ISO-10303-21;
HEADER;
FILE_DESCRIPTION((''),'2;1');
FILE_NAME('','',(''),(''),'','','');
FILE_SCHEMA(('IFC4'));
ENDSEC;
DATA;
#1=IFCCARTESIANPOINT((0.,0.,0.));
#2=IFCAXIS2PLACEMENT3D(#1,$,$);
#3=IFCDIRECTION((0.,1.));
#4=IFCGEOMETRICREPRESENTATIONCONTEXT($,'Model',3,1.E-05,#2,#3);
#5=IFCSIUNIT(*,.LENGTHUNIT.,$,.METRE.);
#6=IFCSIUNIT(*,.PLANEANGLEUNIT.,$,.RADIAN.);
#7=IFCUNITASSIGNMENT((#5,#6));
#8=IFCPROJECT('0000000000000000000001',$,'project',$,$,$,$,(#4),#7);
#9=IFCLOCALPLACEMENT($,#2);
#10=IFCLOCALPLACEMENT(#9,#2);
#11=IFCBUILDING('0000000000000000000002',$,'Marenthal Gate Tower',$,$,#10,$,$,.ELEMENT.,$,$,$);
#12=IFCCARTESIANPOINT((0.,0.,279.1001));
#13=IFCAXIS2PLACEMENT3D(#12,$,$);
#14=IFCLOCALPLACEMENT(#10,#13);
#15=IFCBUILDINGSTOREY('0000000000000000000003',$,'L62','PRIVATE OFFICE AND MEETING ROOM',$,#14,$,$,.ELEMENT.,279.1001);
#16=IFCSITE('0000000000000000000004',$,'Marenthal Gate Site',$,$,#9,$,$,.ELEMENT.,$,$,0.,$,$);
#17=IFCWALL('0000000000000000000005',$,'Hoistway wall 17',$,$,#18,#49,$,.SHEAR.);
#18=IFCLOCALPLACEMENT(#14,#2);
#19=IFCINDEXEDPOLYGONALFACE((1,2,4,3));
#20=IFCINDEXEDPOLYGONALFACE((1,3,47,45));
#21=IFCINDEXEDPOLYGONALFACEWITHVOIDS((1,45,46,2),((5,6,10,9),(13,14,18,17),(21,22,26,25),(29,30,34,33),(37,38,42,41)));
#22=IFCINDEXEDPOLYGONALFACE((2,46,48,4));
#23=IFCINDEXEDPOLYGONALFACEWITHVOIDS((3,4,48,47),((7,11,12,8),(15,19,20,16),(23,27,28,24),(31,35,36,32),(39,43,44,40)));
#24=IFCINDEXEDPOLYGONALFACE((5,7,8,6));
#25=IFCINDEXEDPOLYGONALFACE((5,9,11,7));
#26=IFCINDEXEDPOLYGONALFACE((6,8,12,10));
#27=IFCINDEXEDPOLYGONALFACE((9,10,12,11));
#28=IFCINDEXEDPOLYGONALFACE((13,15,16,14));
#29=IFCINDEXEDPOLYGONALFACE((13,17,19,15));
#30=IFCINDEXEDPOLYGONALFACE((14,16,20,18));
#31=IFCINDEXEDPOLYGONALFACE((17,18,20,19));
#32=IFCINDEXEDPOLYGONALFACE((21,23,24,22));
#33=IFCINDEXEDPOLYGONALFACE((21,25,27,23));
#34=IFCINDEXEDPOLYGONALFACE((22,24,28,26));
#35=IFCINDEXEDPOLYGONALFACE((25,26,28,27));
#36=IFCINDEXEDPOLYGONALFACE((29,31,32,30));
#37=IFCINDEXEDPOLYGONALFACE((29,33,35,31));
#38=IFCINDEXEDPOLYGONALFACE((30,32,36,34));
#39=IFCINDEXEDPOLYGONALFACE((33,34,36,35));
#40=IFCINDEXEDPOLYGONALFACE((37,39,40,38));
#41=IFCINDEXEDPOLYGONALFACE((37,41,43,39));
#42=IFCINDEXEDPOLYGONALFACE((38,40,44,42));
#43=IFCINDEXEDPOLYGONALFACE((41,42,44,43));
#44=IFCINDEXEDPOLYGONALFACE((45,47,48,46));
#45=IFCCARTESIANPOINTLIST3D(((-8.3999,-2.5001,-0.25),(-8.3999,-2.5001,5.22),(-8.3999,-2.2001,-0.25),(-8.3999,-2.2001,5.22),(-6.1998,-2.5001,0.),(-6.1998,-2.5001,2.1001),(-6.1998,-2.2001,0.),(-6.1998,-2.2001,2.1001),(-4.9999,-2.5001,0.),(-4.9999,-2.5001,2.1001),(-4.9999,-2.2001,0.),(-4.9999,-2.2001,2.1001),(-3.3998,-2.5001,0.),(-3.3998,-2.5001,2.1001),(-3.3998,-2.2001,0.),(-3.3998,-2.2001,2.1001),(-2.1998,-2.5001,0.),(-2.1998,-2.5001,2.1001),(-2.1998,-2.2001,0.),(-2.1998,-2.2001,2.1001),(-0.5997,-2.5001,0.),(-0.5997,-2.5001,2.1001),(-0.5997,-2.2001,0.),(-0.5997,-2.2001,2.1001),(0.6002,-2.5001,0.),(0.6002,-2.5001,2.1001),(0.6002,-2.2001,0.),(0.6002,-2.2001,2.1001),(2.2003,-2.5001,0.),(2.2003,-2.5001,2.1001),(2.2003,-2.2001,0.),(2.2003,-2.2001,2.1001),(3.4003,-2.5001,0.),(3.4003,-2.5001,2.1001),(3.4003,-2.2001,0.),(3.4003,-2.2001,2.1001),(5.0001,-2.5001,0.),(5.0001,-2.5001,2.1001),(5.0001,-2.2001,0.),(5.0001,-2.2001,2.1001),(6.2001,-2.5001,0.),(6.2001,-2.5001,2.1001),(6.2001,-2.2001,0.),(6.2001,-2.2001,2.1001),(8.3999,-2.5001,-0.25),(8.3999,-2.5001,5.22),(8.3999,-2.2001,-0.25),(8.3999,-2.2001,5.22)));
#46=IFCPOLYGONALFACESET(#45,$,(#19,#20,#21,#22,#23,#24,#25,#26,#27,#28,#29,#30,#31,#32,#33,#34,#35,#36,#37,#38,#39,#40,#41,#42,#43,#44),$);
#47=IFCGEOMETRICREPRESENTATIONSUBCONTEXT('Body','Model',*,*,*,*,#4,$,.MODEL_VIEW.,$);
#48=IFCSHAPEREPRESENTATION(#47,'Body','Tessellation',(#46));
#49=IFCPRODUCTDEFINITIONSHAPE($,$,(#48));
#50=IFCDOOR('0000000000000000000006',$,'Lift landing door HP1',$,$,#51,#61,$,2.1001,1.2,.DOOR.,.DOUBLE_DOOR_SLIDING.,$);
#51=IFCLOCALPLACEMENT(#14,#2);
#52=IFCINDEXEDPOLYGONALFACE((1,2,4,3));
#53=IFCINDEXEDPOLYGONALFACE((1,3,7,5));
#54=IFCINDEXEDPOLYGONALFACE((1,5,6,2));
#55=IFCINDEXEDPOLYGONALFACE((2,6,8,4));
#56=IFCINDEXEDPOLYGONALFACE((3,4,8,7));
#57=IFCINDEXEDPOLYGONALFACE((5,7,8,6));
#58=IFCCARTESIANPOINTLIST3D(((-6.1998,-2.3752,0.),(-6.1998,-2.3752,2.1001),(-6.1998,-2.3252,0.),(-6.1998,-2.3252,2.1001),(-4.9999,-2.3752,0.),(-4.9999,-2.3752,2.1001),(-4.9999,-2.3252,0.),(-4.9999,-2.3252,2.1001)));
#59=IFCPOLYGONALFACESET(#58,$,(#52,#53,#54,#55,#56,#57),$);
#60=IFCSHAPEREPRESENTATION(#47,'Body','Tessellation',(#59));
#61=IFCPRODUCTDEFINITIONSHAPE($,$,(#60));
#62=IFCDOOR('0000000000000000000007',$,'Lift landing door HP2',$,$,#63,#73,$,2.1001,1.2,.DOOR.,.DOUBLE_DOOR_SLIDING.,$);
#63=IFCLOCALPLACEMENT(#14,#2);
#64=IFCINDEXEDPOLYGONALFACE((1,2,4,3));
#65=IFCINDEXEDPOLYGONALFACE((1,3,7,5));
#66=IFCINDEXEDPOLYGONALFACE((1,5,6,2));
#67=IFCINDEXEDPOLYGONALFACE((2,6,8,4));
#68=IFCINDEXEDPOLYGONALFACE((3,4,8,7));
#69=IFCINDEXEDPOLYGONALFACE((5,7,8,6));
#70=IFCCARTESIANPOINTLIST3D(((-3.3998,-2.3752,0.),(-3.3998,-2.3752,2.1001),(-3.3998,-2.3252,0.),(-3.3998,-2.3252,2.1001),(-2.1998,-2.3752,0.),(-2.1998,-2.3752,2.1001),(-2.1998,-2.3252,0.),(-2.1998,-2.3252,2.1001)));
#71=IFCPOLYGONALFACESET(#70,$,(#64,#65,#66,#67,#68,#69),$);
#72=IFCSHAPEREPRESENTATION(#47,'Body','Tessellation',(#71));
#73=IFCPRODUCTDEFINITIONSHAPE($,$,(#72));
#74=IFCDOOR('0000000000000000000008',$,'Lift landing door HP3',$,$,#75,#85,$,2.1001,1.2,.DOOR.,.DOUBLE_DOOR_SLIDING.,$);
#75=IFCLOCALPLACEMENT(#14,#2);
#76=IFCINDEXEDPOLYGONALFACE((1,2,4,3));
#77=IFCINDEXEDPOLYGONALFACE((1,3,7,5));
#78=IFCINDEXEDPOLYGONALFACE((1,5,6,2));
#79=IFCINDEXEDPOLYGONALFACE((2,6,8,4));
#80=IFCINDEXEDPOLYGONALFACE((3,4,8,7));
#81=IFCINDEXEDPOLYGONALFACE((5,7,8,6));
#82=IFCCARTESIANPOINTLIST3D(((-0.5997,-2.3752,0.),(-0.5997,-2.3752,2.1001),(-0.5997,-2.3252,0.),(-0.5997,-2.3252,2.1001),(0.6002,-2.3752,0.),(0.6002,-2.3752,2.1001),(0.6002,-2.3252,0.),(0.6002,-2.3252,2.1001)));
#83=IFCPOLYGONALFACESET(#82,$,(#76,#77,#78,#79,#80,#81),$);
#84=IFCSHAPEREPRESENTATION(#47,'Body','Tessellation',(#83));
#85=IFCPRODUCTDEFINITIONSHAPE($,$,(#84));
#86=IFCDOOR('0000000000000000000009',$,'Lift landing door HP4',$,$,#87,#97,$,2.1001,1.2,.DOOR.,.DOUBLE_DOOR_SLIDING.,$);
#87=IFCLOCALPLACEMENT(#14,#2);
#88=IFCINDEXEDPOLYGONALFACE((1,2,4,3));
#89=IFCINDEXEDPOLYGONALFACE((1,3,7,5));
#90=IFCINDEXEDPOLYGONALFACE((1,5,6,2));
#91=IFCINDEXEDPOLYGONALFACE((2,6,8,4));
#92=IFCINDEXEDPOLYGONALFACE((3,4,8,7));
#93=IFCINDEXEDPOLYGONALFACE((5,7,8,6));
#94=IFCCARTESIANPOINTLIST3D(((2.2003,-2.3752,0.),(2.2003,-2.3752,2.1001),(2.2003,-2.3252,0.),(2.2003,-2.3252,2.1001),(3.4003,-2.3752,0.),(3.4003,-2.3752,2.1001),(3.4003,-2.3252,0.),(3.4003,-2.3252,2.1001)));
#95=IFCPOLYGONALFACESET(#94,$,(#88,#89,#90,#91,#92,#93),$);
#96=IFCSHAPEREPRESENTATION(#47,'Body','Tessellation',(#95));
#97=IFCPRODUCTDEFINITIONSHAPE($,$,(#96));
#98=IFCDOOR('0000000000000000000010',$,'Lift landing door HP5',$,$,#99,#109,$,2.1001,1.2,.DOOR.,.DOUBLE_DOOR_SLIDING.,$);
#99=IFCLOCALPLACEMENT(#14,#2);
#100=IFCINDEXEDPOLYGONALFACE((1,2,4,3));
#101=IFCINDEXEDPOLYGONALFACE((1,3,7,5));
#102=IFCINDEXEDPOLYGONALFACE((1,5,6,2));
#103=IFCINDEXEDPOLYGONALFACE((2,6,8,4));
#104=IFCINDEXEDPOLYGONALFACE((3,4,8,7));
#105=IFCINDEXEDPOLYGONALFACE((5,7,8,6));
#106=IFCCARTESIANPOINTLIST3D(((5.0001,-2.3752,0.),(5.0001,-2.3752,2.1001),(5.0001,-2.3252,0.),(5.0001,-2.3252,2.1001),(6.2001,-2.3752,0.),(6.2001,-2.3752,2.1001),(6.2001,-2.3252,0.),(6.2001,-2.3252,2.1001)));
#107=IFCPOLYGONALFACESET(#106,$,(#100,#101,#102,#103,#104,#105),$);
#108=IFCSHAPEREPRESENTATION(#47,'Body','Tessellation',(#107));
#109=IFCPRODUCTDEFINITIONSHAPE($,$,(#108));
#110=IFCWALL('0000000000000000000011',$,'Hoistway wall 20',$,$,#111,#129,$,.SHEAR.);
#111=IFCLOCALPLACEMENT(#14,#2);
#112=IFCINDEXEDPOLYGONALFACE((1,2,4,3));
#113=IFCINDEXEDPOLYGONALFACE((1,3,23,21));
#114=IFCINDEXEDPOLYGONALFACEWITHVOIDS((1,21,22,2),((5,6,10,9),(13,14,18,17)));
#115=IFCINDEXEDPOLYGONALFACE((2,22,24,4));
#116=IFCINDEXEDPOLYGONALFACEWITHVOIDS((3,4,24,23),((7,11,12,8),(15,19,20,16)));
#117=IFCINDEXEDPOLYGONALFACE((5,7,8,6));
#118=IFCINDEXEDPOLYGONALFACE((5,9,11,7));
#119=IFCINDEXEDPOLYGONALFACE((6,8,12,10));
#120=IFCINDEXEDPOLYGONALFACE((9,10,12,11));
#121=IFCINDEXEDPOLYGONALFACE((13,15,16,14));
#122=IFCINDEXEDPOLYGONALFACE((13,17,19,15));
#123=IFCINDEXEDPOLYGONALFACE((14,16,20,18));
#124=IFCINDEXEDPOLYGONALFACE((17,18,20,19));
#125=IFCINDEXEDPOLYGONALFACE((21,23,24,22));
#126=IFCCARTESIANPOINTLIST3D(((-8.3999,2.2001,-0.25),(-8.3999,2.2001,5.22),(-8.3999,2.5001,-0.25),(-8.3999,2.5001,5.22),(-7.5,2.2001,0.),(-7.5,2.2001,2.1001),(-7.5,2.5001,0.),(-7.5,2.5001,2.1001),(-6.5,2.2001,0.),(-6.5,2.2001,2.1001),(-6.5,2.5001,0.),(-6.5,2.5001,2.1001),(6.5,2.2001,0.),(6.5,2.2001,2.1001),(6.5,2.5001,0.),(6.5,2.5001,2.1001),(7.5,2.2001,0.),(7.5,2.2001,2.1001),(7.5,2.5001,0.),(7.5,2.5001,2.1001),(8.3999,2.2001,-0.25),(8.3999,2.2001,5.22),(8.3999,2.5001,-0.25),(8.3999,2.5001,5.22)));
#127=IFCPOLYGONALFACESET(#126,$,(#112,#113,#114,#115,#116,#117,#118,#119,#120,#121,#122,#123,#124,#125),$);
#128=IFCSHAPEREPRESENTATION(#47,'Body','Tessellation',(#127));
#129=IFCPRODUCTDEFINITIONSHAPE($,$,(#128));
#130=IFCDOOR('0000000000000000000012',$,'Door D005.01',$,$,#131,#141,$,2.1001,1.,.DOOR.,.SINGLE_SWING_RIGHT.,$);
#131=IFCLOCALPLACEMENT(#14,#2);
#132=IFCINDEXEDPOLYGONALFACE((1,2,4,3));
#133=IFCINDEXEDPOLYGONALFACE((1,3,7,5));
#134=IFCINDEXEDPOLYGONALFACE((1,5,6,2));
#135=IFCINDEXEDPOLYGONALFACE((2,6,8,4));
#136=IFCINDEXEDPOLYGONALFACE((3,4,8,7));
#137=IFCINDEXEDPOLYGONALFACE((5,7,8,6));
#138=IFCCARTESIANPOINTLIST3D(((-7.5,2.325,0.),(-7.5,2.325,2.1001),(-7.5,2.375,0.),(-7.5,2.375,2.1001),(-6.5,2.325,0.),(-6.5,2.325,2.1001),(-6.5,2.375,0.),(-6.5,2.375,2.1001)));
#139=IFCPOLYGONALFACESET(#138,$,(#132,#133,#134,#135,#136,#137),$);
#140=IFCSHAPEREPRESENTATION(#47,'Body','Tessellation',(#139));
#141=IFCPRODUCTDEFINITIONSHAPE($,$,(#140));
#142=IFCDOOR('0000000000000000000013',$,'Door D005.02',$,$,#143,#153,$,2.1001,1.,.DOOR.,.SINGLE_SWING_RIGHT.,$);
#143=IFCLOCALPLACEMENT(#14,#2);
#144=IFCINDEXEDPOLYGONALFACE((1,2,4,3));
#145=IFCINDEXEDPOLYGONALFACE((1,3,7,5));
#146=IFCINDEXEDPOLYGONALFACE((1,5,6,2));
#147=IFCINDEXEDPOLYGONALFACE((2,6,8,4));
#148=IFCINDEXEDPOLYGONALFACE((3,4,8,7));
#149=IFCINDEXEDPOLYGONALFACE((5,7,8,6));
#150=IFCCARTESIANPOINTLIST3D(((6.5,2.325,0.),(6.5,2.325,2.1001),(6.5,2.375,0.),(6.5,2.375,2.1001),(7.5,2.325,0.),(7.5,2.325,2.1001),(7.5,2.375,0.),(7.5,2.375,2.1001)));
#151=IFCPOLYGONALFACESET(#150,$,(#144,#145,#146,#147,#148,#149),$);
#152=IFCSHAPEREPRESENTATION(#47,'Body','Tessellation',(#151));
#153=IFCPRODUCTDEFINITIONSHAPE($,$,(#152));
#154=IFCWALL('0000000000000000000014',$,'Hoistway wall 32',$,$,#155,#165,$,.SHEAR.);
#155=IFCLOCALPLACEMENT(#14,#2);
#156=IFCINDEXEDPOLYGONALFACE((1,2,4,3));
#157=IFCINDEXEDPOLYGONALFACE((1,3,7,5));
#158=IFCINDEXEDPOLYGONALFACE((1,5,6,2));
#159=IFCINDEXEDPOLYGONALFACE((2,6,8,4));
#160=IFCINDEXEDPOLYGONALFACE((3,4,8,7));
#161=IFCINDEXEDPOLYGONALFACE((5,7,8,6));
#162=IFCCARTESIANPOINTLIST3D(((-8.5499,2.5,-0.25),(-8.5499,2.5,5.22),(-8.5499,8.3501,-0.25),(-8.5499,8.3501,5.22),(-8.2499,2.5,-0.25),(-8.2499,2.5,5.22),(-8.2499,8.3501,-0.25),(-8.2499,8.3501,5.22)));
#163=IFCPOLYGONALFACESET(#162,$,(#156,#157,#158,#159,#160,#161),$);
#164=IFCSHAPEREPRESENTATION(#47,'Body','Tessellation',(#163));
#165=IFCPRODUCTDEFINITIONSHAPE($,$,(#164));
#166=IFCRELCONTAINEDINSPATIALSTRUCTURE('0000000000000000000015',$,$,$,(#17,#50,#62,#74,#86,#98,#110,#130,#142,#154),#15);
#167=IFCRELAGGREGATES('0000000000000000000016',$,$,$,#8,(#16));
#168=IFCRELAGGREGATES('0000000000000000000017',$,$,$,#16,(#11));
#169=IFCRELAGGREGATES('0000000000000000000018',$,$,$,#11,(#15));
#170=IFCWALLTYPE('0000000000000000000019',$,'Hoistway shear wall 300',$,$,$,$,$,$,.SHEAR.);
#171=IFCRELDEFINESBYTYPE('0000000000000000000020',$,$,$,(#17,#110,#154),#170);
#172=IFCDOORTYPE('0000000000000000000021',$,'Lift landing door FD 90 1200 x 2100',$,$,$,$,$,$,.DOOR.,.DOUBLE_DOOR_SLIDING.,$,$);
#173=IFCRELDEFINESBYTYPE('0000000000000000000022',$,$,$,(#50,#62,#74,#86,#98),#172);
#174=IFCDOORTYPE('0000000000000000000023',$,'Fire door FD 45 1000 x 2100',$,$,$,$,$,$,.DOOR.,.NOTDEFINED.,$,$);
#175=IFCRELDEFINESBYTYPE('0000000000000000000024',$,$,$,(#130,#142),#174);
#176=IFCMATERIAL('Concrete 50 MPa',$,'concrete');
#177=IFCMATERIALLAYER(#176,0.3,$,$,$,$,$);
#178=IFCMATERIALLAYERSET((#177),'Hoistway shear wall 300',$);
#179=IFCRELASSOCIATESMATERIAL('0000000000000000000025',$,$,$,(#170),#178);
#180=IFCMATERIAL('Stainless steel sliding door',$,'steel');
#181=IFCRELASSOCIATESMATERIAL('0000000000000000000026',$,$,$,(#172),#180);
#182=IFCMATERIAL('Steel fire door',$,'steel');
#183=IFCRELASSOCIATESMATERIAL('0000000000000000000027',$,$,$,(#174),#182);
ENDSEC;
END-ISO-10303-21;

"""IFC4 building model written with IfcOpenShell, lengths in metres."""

from ifc_helpers import new_model, si_unit, direction, frame, frame_2d, origin, place, context, subcontext, project, spatial, rectangle, extrude, material, layer, layer_set, type_object, element, fill, save


model = new_model("IFC4")

# Units and contexts
model_context = context("Model", 3, precision=1e-05, world=origin(), true_north=direction((0.0, 1.0)))
body_context = subcontext(model_context, "Body", "Model", "MODEL_VIEW")
ifc_project = project(units=[si_unit("LENGTHUNIT", "METRE"), si_unit("PLANEANGLEUNIT", "RADIAN")], contexts=[model_context])

# Site, building, storey
site_placement = place(None, origin())
site = spatial("IfcSite", under=ifc_project, at=site_placement, Name="Marenthal Gate Site", CompositionType="ELEMENT", RefElevation=0.0)
building_placement = place(site_placement, origin())
building = spatial("IfcBuilding", under=site, at=building_placement, Name="Marenthal Gate Tower", CompositionType="ELEMENT")
storey_placement = place(building_placement, frame((0.0, 0.0, 279.1001)))
storey = spatial("IfcBuildingStorey", under=building, at=storey_placement, Name="L62", Description="PRIVATE OFFICE AND MEETING ROOM", CompositionType="ELEMENT", Elevation=279.1001)

# Walls, openings, doors
ifc_material_1 = material(Name="Concrete 50 MPa", Category="concrete")
ifc_layer_1 = layer(ifc_material_1, 0.3)
ifc_layer_set_1 = layer_set([ifc_layer_1], Name="Hoistway shear wall 300")
wall_type_1 = type_object("IfcWallType", Name="Hoistway shear wall 300", PredefinedType="SHEAR", material=ifc_layer_set_1)
wall_1_placement = place(storey_placement, frame((-8.3999, -2.3501, -0.25), z_axis=(0.0, 0.0, 1.0), x_axis=(1.0, 0.0, 0.0)))
wall_1 = element("IfcWall", 1, at=wall_1_placement, inside=storey, type_object=wall_type_1, Name="Hoistway wall 17", PredefinedType="SHEAR", context=body_context, shape_type="SweptSolid", body=[
    extrude(rectangle(XDim=16.7998, YDim=0.3, at=frame_2d((8.3999, 0.0))), origin(), (0.0, 0.0, 1.0), 5.47),
])
opening_1_placement = place(wall_1_placement, frame((2.2, 0.0, 0.25)))
opening_1 = element("IfcOpeningElement", 2, at=opening_1_placement, cuts=wall_1, PredefinedType="OPENING", context=body_context, shape_type="SweptSolid", body=[
    extrude(rectangle(XDim=1.2, YDim=2.1001, at=frame_2d((0.6001, 1.05))), frame((0.0, 0.1602, 0.0), z_axis=(0.0, -1.0, 0.0), x_axis=(1.0, 0.0, 0.0)), (0.0, 0.0, 1.0), 0.3201),
])
opening_2_placement = place(wall_1_placement, frame((5.0, 0.0, 0.25)))
opening_2 = element("IfcOpeningElement", 3, at=opening_2_placement, cuts=wall_1, PredefinedType="OPENING", context=body_context, shape_type="SweptSolid", body=[
    extrude(rectangle(XDim=1.2, YDim=2.1001, at=frame_2d((0.6001, 1.05))), frame((0.0, 0.1602, 0.0), z_axis=(0.0, -1.0, 0.0), x_axis=(1.0, 0.0, 0.0)), (0.0, 0.0, 1.0), 0.3201),
])
opening_3_placement = place(wall_1_placement, frame((7.8, 0.0, 0.25)))
opening_3 = element("IfcOpeningElement", 4, at=opening_3_placement, cuts=wall_1, PredefinedType="OPENING", context=body_context, shape_type="SweptSolid", body=[
    extrude(rectangle(XDim=1.2, YDim=2.1001, at=frame_2d((0.6001, 1.05))), frame((0.0, 0.1602, 0.0), z_axis=(0.0, -1.0, 0.0), x_axis=(1.0, 0.0, 0.0)), (0.0, 0.0, 1.0), 0.3201),
])
opening_4_placement = place(wall_1_placement, frame((10.6001, 0.0, 0.25)))
opening_4 = element("IfcOpeningElement", 5, at=opening_4_placement, cuts=wall_1, PredefinedType="OPENING", context=body_context, shape_type="SweptSolid", body=[
    extrude(rectangle(XDim=1.2, YDim=2.1001, at=frame_2d((0.6001, 1.05))), frame((0.0, 0.1602, 0.0), z_axis=(0.0, -1.0, 0.0), x_axis=(1.0, 0.0, 0.0)), (0.0, 0.0, 1.0), 0.3201),
])
opening_5_placement = place(wall_1_placement, frame((13.3999, 0.0, 0.25)))
opening_5 = element("IfcOpeningElement", 6, at=opening_5_placement, cuts=wall_1, PredefinedType="OPENING", context=body_context, shape_type="SweptSolid", body=[
    extrude(rectangle(XDim=1.2, YDim=2.1001, at=frame_2d((0.6001, 1.05))), frame((0.0, 0.1602, 0.0), z_axis=(0.0, -1.0, 0.0), x_axis=(1.0, 0.0, 0.0)), (0.0, 0.0, 1.0), 0.3201),
])
ifc_material_2 = material(Name="Stainless steel sliding door", Category="steel")
door_type_1 = type_object("IfcDoorType", Name="Lift landing door FD 90 1200 x 2100", OperationType="DOUBLE_DOOR_SLIDING", PredefinedType="DOOR", material=ifc_material_2)
door_1_placement = place(opening_1_placement, origin())
door_1 = element("IfcDoor", 7, at=door_1_placement, inside=storey, type_object=door_type_1, Name="Lift landing door HP1", OperationType="DOUBLE_DOOR_SLIDING", OverallHeight=2.1001, OverallWidth=1.2, PredefinedType="DOOR", context=body_context, shape_type="SweptSolid", body=[
    extrude(rectangle(XDim=1.2, YDim=2.1001, at=frame_2d((0.6001, 1.05))), frame((0.0, 0.0249, 0.0), z_axis=(0.0, -1.0, 0.0), x_axis=(1.0, 0.0, 0.0)), (0.0, 0.0, 1.0), 0.05),
])
fill(opening_1, door_1)
door_2_placement = place(opening_2_placement, origin())
door_2 = element("IfcDoor", 8, at=door_2_placement, inside=storey, type_object=door_type_1, Name="Lift landing door HP2", OperationType="DOUBLE_DOOR_SLIDING", OverallHeight=2.1001, OverallWidth=1.2, PredefinedType="DOOR", context=body_context, shape_type="SweptSolid", body=[
    extrude(rectangle(XDim=1.2, YDim=2.1001, at=frame_2d((0.6001, 1.05))), frame((0.0, 0.0249, 0.0), z_axis=(0.0, -1.0, 0.0), x_axis=(1.0, 0.0, 0.0)), (0.0, 0.0, 1.0), 0.05),
])
fill(opening_2, door_2)
door_3_placement = place(opening_3_placement, origin())
door_3 = element("IfcDoor", 9, at=door_3_placement, inside=storey, type_object=door_type_1, Name="Lift landing door HP3", OperationType="DOUBLE_DOOR_SLIDING", OverallHeight=2.1001, OverallWidth=1.2, PredefinedType="DOOR", context=body_context, shape_type="SweptSolid", body=[
    extrude(rectangle(XDim=1.2, YDim=2.1001, at=frame_2d((0.6001, 1.05))), frame((0.0, 0.0249, 0.0), z_axis=(0.0, -1.0, 0.0), x_axis=(1.0, 0.0, 0.0)), (0.0, 0.0, 1.0), 0.05),
])
fill(opening_3, door_3)
door_4_placement = place(opening_4_placement, origin())
door_4 = element("IfcDoor", 10, at=door_4_placement, inside=storey, type_object=door_type_1, Name="Lift landing door HP4", OperationType="DOUBLE_DOOR_SLIDING", OverallHeight=2.1001, OverallWidth=1.2, PredefinedType="DOOR", context=body_context, shape_type="SweptSolid", body=[
    extrude(rectangle(XDim=1.2, YDim=2.1001, at=frame_2d((0.6001, 1.05))), frame((0.0, 0.0249, 0.0), z_axis=(0.0, -1.0, 0.0), x_axis=(1.0, 0.0, 0.0)), (0.0, 0.0, 1.0), 0.05),
])
fill(opening_4, door_4)
door_5_placement = place(opening_5_placement, origin())
door_5 = element("IfcDoor", 11, at=door_5_placement, inside=storey, type_object=door_type_1, Name="Lift landing door HP5", OperationType="DOUBLE_DOOR_SLIDING", OverallHeight=2.1001, OverallWidth=1.2, PredefinedType="DOOR", context=body_context, shape_type="SweptSolid", body=[
    extrude(rectangle(XDim=1.2, YDim=2.1001, at=frame_2d((0.6001, 1.05))), frame((0.0, 0.0249, 0.0), z_axis=(0.0, -1.0, 0.0), x_axis=(1.0, 0.0, 0.0)), (0.0, 0.0, 1.0), 0.05),
])
fill(opening_5, door_5)
wall_2_placement = place(storey_placement, frame((-8.3999, 2.3501, -0.25), z_axis=(0.0, 0.0, 1.0), x_axis=(1.0, 0.0, 0.0)))
wall_2 = element("IfcWall", 12, at=wall_2_placement, inside=storey, type_object=wall_type_1, Name="Hoistway wall 20", PredefinedType="SHEAR", context=body_context, shape_type="SweptSolid", body=[
    extrude(rectangle(XDim=16.7998, YDim=0.3, at=frame_2d((8.3999, 0.0))), origin(), (0.0, 0.0, 1.0), 5.47),
])
opening_6_placement = place(wall_2_placement, frame((0.8999, 0.0, 0.25)))
opening_6 = element("IfcOpeningElement", 13, at=opening_6_placement, cuts=wall_2, PredefinedType="OPENING", context=body_context, shape_type="SweptSolid", body=[
    extrude(rectangle(XDim=1.0, YDim=2.1001, at=frame_2d((0.5, 1.05))), frame((0.0, 0.1602, 0.0), z_axis=(0.0, -1.0, 0.0), x_axis=(1.0, 0.0, 0.0)), (0.0, 0.0, 1.0), 0.3201),
])
opening_7_placement = place(wall_2_placement, frame((14.8999, 0.0, 0.25)))
opening_7 = element("IfcOpeningElement", 14, at=opening_7_placement, cuts=wall_2, PredefinedType="OPENING", context=body_context, shape_type="SweptSolid", body=[
    extrude(rectangle(XDim=1.0, YDim=2.1001, at=frame_2d((0.5, 1.05))), frame((0.0, 0.1602, 0.0), z_axis=(0.0, -1.0, 0.0), x_axis=(1.0, 0.0, 0.0)), (0.0, 0.0, 1.0), 0.3201),
])
ifc_material_3 = material(Name="Steel fire door", Category="steel")
door_type_2 = type_object("IfcDoorType", Name="Fire door FD 45 1000 x 2100", OperationType="NOTDEFINED", PredefinedType="DOOR", material=ifc_material_3)
door_6_placement = place(opening_6_placement, origin())
door_6 = element("IfcDoor", 15, at=door_6_placement, inside=storey, type_object=door_type_2, Name="Door D005.01", OperationType="SINGLE_SWING_RIGHT", OverallHeight=2.1001, OverallWidth=1.0, PredefinedType="DOOR", context=body_context, shape_type="SweptSolid", body=[
    extrude(rectangle(XDim=1.0, YDim=2.1001, at=frame_2d((0.5, 1.05))), frame((0.0, 0.0249, 0.0), z_axis=(0.0, -1.0, 0.0), x_axis=(1.0, 0.0, 0.0)), (0.0, 0.0, 1.0), 0.05),
])
fill(opening_6, door_6)
door_7_placement = place(opening_7_placement, origin())
door_7 = element("IfcDoor", 16, at=door_7_placement, inside=storey, type_object=door_type_2, Name="Door D005.02", OperationType="SINGLE_SWING_RIGHT", OverallHeight=2.1001, OverallWidth=1.0, PredefinedType="DOOR", context=body_context, shape_type="SweptSolid", body=[
    extrude(rectangle(XDim=1.0, YDim=2.1001, at=frame_2d((0.5, 1.05))), frame((0.0, 0.0249, 0.0), z_axis=(0.0, -1.0, 0.0), x_axis=(1.0, 0.0, 0.0)), (0.0, 0.0, 1.0), 0.05),
])
fill(opening_7, door_7)

# Wall
wall_3_placement = place(storey_placement, frame((-8.3999, 2.5, -0.25), z_axis=(0.0, 0.0, 1.0), x_axis=(0.0, 1.0, 0.0)))
element("IfcWall", 17, at=wall_3_placement, inside=storey, type_object=wall_type_1, Name="Hoistway wall 32", PredefinedType="SHEAR", context=body_context, shape_type="SweptSolid", body=[
    extrude(rectangle(XDim=5.8501, YDim=0.3, at=frame_2d((2.925, 0.0))), origin(), (0.0, 0.0, 1.0), 5.47),
])

save(model, "model.ifc")
